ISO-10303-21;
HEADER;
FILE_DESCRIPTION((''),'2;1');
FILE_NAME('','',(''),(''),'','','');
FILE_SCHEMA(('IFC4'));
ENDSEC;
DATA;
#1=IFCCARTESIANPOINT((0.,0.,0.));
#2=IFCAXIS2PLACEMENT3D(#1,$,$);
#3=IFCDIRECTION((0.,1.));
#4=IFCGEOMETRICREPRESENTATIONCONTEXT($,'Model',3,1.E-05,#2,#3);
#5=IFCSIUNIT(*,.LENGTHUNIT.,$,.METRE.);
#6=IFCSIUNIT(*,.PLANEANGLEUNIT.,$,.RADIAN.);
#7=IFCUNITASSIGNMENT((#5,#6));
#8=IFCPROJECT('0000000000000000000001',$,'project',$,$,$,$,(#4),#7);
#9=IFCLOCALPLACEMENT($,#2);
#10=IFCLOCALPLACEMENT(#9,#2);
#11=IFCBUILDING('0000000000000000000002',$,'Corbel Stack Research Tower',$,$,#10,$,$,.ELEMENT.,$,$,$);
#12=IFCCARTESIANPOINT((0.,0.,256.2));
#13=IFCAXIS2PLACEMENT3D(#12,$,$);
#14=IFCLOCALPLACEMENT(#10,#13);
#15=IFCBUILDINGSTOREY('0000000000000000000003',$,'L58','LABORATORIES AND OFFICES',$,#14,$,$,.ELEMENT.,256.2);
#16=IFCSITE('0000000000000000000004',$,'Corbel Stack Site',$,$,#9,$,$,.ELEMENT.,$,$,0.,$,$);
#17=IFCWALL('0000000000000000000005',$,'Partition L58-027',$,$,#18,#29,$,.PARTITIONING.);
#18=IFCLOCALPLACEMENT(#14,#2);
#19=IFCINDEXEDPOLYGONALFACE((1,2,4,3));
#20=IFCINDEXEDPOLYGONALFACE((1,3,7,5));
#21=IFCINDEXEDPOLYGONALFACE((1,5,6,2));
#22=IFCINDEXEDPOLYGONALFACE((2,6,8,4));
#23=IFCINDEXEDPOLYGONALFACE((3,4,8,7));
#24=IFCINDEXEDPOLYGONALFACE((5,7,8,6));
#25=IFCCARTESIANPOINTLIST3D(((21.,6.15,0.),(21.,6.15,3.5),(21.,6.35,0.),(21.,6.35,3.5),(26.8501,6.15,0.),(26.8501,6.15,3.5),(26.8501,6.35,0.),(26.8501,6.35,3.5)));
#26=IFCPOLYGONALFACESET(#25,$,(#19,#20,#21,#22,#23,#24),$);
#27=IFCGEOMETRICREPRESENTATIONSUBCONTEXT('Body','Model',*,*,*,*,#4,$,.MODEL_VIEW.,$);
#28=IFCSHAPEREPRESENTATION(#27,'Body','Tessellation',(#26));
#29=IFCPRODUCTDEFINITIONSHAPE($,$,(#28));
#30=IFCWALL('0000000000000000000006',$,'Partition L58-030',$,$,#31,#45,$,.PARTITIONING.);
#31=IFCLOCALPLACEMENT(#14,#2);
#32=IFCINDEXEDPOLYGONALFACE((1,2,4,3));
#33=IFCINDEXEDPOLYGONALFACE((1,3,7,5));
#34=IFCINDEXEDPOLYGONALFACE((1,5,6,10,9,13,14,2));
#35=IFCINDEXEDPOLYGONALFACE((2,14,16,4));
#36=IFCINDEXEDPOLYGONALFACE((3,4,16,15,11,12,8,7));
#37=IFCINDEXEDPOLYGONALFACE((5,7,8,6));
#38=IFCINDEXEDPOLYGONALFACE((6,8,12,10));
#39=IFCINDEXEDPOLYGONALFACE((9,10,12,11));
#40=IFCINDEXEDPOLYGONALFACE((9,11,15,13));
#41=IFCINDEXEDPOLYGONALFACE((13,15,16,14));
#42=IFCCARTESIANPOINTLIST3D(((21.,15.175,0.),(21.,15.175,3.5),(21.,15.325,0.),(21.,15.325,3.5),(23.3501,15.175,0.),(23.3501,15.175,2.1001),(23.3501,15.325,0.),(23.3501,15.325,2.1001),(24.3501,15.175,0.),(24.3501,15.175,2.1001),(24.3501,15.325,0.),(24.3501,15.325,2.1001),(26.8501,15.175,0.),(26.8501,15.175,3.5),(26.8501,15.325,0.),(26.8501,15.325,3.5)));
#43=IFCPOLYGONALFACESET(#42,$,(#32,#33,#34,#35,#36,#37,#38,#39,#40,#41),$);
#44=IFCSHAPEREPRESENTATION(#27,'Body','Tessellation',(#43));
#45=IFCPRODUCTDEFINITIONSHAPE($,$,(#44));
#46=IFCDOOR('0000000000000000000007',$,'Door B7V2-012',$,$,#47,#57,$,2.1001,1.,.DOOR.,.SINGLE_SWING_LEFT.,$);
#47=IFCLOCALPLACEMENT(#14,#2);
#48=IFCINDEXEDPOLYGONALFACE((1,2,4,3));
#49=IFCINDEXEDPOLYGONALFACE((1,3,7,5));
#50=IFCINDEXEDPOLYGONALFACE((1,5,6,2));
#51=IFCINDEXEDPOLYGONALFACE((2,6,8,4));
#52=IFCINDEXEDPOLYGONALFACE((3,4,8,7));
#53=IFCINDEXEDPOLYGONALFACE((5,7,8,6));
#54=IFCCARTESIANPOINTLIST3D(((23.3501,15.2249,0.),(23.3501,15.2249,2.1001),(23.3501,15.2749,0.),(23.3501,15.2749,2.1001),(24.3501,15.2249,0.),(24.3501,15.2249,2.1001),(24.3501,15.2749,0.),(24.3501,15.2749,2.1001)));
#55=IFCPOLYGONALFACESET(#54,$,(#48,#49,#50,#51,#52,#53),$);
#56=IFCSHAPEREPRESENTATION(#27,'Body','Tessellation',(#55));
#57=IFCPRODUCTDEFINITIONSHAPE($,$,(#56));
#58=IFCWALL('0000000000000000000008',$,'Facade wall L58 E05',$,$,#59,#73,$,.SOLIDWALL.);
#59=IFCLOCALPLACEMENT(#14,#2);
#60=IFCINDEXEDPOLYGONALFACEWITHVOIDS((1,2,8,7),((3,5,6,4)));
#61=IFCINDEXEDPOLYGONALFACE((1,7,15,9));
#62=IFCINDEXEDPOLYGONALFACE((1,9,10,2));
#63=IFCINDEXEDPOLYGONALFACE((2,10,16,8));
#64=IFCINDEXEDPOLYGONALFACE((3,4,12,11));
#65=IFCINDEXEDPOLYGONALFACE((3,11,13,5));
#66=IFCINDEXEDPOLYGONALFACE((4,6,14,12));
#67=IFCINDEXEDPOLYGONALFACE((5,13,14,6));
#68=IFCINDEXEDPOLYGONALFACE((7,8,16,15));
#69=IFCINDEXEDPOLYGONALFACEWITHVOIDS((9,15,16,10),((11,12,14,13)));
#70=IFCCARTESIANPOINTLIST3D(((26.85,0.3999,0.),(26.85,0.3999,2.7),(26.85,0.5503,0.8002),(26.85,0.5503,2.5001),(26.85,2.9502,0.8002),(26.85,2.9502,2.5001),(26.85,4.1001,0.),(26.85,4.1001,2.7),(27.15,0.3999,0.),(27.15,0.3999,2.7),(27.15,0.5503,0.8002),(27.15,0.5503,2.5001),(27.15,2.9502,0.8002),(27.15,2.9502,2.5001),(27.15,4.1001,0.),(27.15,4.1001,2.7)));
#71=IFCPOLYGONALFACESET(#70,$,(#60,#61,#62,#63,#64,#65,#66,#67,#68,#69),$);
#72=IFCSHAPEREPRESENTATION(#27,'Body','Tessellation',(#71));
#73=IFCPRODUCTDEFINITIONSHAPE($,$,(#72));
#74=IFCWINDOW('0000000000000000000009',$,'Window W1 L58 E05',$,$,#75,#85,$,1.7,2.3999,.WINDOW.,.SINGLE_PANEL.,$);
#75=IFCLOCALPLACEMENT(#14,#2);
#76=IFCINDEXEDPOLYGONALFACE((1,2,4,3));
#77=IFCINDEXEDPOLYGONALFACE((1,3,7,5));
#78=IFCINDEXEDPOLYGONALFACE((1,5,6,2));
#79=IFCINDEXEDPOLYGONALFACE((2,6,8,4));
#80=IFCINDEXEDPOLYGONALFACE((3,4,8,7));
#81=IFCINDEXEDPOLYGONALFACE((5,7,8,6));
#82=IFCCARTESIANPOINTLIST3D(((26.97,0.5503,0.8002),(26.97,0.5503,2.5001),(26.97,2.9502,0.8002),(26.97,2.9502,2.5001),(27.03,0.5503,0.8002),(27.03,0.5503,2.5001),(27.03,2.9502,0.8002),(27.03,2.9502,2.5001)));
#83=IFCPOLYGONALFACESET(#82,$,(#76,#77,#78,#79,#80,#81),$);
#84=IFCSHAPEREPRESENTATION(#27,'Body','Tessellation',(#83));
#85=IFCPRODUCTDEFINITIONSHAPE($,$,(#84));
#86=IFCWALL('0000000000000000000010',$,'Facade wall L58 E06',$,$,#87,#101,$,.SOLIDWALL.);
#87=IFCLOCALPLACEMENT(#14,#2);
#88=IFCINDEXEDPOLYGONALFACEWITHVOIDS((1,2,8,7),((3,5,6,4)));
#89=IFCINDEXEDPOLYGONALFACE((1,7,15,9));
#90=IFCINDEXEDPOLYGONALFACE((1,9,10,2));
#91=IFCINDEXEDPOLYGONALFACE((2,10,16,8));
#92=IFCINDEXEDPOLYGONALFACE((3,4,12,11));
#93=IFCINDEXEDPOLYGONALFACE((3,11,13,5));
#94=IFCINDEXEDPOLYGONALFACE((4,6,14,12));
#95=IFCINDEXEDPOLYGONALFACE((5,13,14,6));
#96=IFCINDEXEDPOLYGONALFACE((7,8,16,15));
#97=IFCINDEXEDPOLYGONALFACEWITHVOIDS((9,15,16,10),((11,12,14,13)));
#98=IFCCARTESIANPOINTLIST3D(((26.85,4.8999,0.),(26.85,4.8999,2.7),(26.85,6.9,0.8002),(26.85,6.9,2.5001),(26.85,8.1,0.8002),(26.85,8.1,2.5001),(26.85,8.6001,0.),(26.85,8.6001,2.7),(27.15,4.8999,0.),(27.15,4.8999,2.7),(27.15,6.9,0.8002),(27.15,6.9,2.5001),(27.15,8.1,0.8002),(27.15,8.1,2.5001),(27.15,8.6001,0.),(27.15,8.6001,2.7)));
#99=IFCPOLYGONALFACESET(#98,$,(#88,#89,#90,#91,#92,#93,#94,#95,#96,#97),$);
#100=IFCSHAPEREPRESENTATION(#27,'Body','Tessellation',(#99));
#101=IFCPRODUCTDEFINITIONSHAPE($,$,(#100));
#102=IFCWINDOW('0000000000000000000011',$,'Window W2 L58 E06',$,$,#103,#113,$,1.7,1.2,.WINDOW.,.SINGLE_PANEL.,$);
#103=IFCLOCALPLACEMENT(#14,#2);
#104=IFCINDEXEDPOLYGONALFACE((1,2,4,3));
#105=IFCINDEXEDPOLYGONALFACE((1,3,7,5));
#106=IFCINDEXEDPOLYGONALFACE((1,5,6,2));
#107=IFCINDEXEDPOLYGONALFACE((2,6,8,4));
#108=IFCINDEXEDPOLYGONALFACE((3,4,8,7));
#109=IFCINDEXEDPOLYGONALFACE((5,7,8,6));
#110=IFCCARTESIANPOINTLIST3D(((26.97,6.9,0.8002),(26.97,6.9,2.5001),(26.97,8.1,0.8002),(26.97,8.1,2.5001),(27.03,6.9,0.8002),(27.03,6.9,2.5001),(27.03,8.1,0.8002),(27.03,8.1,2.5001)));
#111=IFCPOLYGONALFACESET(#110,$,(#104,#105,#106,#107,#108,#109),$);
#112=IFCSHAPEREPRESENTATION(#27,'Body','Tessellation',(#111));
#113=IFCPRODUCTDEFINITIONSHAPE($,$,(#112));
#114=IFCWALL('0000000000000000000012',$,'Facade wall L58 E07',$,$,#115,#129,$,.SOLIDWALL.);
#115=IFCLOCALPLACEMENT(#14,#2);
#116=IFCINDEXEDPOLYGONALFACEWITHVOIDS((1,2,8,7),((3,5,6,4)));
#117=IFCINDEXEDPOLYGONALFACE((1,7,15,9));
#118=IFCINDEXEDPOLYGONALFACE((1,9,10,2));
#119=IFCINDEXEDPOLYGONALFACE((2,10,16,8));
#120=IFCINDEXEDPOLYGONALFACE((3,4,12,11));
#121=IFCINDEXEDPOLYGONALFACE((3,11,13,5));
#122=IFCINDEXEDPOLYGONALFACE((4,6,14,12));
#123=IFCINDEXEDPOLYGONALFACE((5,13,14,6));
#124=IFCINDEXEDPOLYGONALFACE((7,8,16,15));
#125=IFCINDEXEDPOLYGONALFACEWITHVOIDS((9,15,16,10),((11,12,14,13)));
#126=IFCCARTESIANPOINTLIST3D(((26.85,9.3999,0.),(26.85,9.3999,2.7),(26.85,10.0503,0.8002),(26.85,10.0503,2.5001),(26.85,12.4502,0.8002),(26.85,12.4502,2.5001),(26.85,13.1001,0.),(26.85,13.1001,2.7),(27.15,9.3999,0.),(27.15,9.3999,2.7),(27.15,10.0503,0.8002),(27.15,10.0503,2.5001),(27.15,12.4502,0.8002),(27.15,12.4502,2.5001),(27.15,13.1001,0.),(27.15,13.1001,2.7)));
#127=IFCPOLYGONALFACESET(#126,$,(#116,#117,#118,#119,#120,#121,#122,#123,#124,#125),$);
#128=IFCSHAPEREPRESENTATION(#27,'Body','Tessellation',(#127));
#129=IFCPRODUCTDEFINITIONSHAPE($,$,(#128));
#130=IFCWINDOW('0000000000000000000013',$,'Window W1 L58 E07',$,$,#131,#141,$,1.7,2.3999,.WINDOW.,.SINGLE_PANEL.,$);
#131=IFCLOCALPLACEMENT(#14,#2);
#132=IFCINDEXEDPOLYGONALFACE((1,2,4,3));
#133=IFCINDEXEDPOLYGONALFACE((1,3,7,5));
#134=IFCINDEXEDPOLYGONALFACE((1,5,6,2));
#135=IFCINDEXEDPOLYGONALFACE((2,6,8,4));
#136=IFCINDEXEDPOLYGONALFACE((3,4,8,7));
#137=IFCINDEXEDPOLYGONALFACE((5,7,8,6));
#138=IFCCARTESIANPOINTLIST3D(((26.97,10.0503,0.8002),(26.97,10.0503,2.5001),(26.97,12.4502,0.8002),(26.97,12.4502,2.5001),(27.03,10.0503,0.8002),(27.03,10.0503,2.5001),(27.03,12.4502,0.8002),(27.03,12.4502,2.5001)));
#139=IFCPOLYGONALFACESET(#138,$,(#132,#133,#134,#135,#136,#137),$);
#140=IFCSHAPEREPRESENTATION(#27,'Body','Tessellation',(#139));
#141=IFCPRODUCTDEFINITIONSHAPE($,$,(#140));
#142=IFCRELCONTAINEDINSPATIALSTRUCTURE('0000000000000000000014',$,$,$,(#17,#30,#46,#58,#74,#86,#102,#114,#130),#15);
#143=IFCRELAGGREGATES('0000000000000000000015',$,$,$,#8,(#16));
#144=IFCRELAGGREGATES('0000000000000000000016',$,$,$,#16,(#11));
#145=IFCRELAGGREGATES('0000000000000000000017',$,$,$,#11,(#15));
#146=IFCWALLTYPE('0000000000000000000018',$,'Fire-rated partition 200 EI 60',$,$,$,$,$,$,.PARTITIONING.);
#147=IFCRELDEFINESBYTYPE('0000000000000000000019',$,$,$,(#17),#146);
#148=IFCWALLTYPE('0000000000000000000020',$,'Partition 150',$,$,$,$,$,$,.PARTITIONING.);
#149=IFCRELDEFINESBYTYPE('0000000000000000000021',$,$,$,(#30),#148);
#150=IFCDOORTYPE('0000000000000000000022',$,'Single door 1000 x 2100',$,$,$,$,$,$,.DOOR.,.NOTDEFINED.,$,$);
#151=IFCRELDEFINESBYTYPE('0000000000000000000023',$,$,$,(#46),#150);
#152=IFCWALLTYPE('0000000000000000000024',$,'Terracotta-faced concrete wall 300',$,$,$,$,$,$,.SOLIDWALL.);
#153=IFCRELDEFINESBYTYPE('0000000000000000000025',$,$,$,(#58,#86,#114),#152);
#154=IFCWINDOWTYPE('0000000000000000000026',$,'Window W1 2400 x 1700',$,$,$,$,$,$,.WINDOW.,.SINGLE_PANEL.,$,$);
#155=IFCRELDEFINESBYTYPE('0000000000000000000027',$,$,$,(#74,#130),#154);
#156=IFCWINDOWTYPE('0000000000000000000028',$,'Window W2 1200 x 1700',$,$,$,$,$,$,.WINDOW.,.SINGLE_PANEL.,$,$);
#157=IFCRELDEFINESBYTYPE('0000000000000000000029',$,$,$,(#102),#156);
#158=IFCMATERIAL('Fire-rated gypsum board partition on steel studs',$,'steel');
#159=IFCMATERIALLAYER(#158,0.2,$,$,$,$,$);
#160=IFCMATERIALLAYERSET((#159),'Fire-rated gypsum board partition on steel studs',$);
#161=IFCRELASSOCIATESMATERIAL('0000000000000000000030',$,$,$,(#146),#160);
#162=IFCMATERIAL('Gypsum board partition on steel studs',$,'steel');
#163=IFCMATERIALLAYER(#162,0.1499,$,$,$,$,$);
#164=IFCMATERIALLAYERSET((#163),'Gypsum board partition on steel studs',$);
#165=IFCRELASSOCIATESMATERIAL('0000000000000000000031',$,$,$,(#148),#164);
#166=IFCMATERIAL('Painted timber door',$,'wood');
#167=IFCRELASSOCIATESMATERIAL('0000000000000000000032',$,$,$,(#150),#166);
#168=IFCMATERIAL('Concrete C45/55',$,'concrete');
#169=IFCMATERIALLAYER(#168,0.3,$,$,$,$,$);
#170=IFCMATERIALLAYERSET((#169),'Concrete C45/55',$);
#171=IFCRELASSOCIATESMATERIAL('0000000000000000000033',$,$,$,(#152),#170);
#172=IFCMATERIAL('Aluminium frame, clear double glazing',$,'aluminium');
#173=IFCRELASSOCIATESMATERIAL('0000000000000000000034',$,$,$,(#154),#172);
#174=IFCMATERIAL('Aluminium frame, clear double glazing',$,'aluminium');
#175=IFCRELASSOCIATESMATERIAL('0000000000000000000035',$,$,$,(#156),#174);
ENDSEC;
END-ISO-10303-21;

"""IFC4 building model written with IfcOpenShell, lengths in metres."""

from ifc_helpers import new_model, si_unit, direction, frame, frame_2d, origin, place, context, subcontext, project, spatial, rectangle, extrude, material, layer, layer_set, type_object, element, fill, save


model = new_model("IFC4")

# Units and contexts
model_context = context("Model", 3, precision=1e-05, world=origin(), true_north=direction((0.0, 1.0)))
body_context = subcontext(model_context, "Body", "Model", "MODEL_VIEW")
ifc_project = project(units=[si_unit("LENGTHUNIT", "METRE"), si_unit("PLANEANGLEUNIT", "RADIAN")], contexts=[model_context])

# Site, building, storey
site_placement = place(None, origin())
site = spatial("IfcSite", under=ifc_project, at=site_placement, Name="Corbel Stack Site", CompositionType="ELEMENT", RefElevation=0.0)
building_placement = place(site_placement, origin())
building = spatial("IfcBuilding", under=site, at=building_placement, Name="Corbel Stack Research Tower", CompositionType="ELEMENT")
storey_placement = place(building_placement, frame((0.0, 0.0, 256.2)))
storey = spatial("IfcBuildingStorey", under=building, at=storey_placement, Name="L58", Description="LABORATORIES AND OFFICES", CompositionType="ELEMENT", Elevation=256.2)

# Shared definitions
ifc_material_1 = material(Name="Fire-rated gypsum board partition on steel studs", Category="steel")
ifc_layer_1 = layer(ifc_material_1, 0.2)
ifc_layer_set_1 = layer_set([ifc_layer_1], Name="Fire-rated gypsum board partition on steel studs")
wall_type_1 = type_object("IfcWallType", Name="Fire-rated partition 200 EI 60", PredefinedType="PARTITIONING", material=ifc_layer_set_1)

# Wall
for number, where, z_axis, x_axis, name in (
    (1, (21.0, 6.25, 0.0), (0.0, 0.0, 1.0), (1.0, 0.0, 0.0), "Partition L58-027"),
):
    element("IfcWall", number, at=place(storey_placement, frame(where, z_axis=z_axis, x_axis=x_axis)), inside=storey, type_object=wall_type_1, Name=name, PredefinedType="PARTITIONING", context=body_context, shape_type="SweptSolid", body=[
        extrude(rectangle(XDim=5.8501, YDim=0.2, at=frame_2d((2.925, 0.0))), origin(), (0.0, 0.0, 1.0), 3.5),
    ])

# Wall, opening, door
ifc_material_2 = material(Name="Gypsum board partition on steel studs", Category="steel")
ifc_layer_2 = layer(ifc_material_2, 0.1499)
ifc_layer_set_2 = layer_set([ifc_layer_2], Name="Gypsum board partition on steel studs")
wall_type_2 = type_object("IfcWallType", Name="Partition 150", PredefinedType="PARTITIONING", material=ifc_layer_set_2)
wall_1_placement = place(storey_placement, frame((21.0, 15.25, 0.0), z_axis=(0.0, 0.0, 1.0), x_axis=(1.0, 0.0, 0.0)))
wall_1 = element("IfcWall", 2, at=wall_1_placement, inside=storey, type_object=wall_type_2, Name="Partition L58-030", PredefinedType="PARTITIONING", context=body_context, shape_type="SweptSolid", body=[
    extrude(rectangle(XDim=5.8501, YDim=0.1499, at=frame_2d((2.925, 0.0))), origin(), (0.0, 0.0, 1.0), 3.5),
])
opening_1_placement = place(wall_1_placement, frame((2.3501, 0.0, 0.0)))
opening_1 = element("IfcOpeningElement", 3, at=opening_1_placement, cuts=wall_1, PredefinedType="OPENING", context=body_context, shape_type="SweptSolid", body=[
    extrude(rectangle(XDim=1.0, YDim=2.1001, at=frame_2d((0.5, 1.05))), frame((0.0, 0.085, 0.0), z_axis=(0.0, -1.0, 0.0), x_axis=(1.0, 0.0, 0.0)), (0.0, 0.0, 1.0), 0.1699),
])
ifc_material_3 = material(Name="Painted timber door", Category="wood")
door_type_1 = type_object("IfcDoorType", Name="Single door 1000 x 2100", OperationType="NOTDEFINED", PredefinedType="DOOR", material=ifc_material_3)
door_1_placement = place(opening_1_placement, origin())
door_1 = element("IfcDoor", 4, at=door_1_placement, inside=storey, type_object=door_type_1, Name="Door B7V2-012", OperationType="SINGLE_SWING_LEFT", OverallHeight=2.1001, OverallWidth=1.0, PredefinedType="DOOR", context=body_context, shape_type="SweptSolid", body=[
    extrude(rectangle(XDim=1.0, YDim=2.1001, at=frame_2d((0.5, 1.05))), frame((0.0, 0.0249, 0.0), z_axis=(0.0, -1.0, 0.0), x_axis=(1.0, 0.0, 0.0)), (0.0, 0.0, 1.0), 0.05),
])
fill(opening_1, door_1)

# Walls, openings, windows
ifc_material_4 = material(Name="Concrete C45/55", Category="concrete")
ifc_layer_3 = layer(ifc_material_4, 0.3)
ifc_layer_set_3 = layer_set([ifc_layer_3], Name="Concrete C45/55")
wall_type_3 = type_object("IfcWallType", Name="Terracotta-faced concrete wall 300", PredefinedType="SOLIDWALL", material=ifc_layer_set_3)
wall_2_placement = place(storey_placement, frame((27.0, 4.1001, 0.0), z_axis=(0.0, 0.0, 1.0), x_axis=(0.0, -1.0, 0.0)))
wall_2 = element("IfcWall", 5, at=wall_2_placement, inside=storey, type_object=wall_type_3, Name="Facade wall L58 E05", PredefinedType="SOLIDWALL", context=body_context, shape_type="SweptSolid", body=[
    extrude(rectangle(XDim=3.7002, YDim=0.3, at=frame_2d((1.8501, 0.0))), origin(), (0.0, 0.0, 1.0), 2.7),
])
opening_2_placement = place(wall_2_placement, frame((1.1499, 0.0, 0.8)))
opening_2 = element("IfcOpeningElement", 6, at=opening_2_placement, cuts=wall_2, PredefinedType="OPENING", context=body_context, shape_type="SweptSolid", body=[
    extrude(rectangle(XDim=2.3999, YDim=1.7, at=frame_2d((1.2, 0.8501))), frame((0.0, 0.1599, 0.0), z_axis=(0.0, -1.0, 0.0), x_axis=(1.0, 0.0, 0.0)), (0.0, 0.0, 1.0), 0.3201),
])
ifc_material_5 = material(Name="Aluminium frame, clear double glazing", Category="aluminium")
window_type_1 = type_object("IfcWindowType", Name="Window W1 2400 x 1700", PartitioningType="SINGLE_PANEL", PredefinedType="WINDOW", material=ifc_material_5)
window_1_placement = place(opening_2_placement, origin())
window_1 = element("IfcWindow", 7, at=window_1_placement, inside=storey, type_object=window_type_1, Name="Window W1 L58 E05", OverallHeight=1.7, OverallWidth=2.3999, PartitioningType="SINGLE_PANEL", PredefinedType="WINDOW", context=body_context, shape_type="SweptSolid", body=[
    extrude(rectangle(XDim=2.3999, YDim=1.7, at=frame_2d((1.2, 0.8501))), frame((0.0, 0.03, 0.0), z_axis=(0.0, -1.0, 0.0), x_axis=(1.0, 0.0, 0.0)), (0.0, 0.0, 1.0), 0.0601),
])
fill(opening_2, window_1)
wall_3_placement = place(storey_placement, frame((27.0, 8.6001, 0.0), z_axis=(0.0, 0.0, 1.0), x_axis=(0.0, -1.0, 0.0)))
wall_3 = element("IfcWall", 8, at=wall_3_placement, inside=storey, type_object=wall_type_3, Name="Facade wall L58 E06", PredefinedType="SOLIDWALL", context=body_context, shape_type="SweptSolid", body=[
    extrude(rectangle(XDim=3.7002, YDim=0.3, at=frame_2d((1.8501, 0.0))), origin(), (0.0, 0.0, 1.0), 2.7),
])
opening_3_placement = place(wall_3_placement, frame((0.5, 0.0, 0.8)))
opening_3 = element("IfcOpeningElement", 9, at=opening_3_placement, cuts=wall_3, PredefinedType="OPENING", context=body_context, shape_type="SweptSolid", body=[
    extrude(rectangle(XDim=1.2, YDim=1.7, at=frame_2d((0.6001, 0.8501))), frame((0.0, 0.1599, 0.0), z_axis=(0.0, -1.0, 0.0), x_axis=(1.0, 0.0, 0.0)), (0.0, 0.0, 1.0), 0.3201),
])
ifc_material_6 = material(Name="Aluminium frame, clear double glazing", Category="aluminium")
window_type_2 = type_object("IfcWindowType", Name="Window W2 1200 x 1700", PartitioningType="SINGLE_PANEL", PredefinedType="WINDOW", material=ifc_material_6)
window_2_placement = place(opening_3_placement, origin())
window_2 = element("IfcWindow", 10, at=window_2_placement, inside=storey, type_object=window_type_2, Name="Window W2 L58 E06", OverallHeight=1.7, OverallWidth=1.2, PartitioningType="SINGLE_PANEL", PredefinedType="WINDOW", context=body_context, shape_type="SweptSolid", body=[
    extrude(rectangle(XDim=1.2, YDim=1.7, at=frame_2d((0.6001, 0.8501))), frame((0.0, 0.03, 0.0), z_axis=(0.0, -1.0, 0.0), x_axis=(1.0, 0.0, 0.0)), (0.0, 0.0, 1.0), 0.0601),
])
fill(opening_3, window_2)
wall_4_placement = place(storey_placement, frame((27.0, 13.1001, 0.0), z_axis=(0.0, 0.0, 1.0), x_axis=(0.0, -1.0, 0.0)))
wall_4 = element("IfcWall", 11, at=wall_4_placement, inside=storey, type_object=wall_type_3, Name="Facade wall L58 E07", PredefinedType="SOLIDWALL", context=body_context, shape_type="SweptSolid", body=[
    extrude(rectangle(XDim=3.7002, YDim=0.3, at=frame_2d((1.8501, 0.0))), origin(), (0.0, 0.0, 1.0), 2.7),
])
opening_4_placement = place(wall_4_placement, frame((0.6499, 0.0, 0.8)))
opening_4 = element("IfcOpeningElement", 12, at=opening_4_placement, cuts=wall_4, PredefinedType="OPENING", context=body_context, shape_type="SweptSolid", body=[
    extrude(rectangle(XDim=2.3999, YDim=1.7, at=frame_2d((1.2, 0.8501))), frame((0.0, 0.1599, 0.0), z_axis=(0.0, -1.0, 0.0), x_axis=(1.0, 0.0, 0.0)), (0.0, 0.0, 1.0), 0.3201),
])
window_3_placement = place(opening_4_placement, origin())
window_3 = element("IfcWindow", 13, at=window_3_placement, inside=storey, type_object=window_type_1, Name="Window W1 L58 E07", OverallHeight=1.7, OverallWidth=2.3999, PartitioningType="SINGLE_PANEL", PredefinedType="WINDOW", context=body_context, shape_type="SweptSolid", body=[
    extrude(rectangle(XDim=2.3999, YDim=1.7, at=frame_2d((1.2, 0.8501))), frame((0.0, 0.03, 0.0), z_axis=(0.0, -1.0, 0.0), x_axis=(1.0, 0.0, 0.0)), (0.0, 0.0, 1.0), 0.0601),
])
fill(opening_4, window_3)

save(model, "model.ifc")
